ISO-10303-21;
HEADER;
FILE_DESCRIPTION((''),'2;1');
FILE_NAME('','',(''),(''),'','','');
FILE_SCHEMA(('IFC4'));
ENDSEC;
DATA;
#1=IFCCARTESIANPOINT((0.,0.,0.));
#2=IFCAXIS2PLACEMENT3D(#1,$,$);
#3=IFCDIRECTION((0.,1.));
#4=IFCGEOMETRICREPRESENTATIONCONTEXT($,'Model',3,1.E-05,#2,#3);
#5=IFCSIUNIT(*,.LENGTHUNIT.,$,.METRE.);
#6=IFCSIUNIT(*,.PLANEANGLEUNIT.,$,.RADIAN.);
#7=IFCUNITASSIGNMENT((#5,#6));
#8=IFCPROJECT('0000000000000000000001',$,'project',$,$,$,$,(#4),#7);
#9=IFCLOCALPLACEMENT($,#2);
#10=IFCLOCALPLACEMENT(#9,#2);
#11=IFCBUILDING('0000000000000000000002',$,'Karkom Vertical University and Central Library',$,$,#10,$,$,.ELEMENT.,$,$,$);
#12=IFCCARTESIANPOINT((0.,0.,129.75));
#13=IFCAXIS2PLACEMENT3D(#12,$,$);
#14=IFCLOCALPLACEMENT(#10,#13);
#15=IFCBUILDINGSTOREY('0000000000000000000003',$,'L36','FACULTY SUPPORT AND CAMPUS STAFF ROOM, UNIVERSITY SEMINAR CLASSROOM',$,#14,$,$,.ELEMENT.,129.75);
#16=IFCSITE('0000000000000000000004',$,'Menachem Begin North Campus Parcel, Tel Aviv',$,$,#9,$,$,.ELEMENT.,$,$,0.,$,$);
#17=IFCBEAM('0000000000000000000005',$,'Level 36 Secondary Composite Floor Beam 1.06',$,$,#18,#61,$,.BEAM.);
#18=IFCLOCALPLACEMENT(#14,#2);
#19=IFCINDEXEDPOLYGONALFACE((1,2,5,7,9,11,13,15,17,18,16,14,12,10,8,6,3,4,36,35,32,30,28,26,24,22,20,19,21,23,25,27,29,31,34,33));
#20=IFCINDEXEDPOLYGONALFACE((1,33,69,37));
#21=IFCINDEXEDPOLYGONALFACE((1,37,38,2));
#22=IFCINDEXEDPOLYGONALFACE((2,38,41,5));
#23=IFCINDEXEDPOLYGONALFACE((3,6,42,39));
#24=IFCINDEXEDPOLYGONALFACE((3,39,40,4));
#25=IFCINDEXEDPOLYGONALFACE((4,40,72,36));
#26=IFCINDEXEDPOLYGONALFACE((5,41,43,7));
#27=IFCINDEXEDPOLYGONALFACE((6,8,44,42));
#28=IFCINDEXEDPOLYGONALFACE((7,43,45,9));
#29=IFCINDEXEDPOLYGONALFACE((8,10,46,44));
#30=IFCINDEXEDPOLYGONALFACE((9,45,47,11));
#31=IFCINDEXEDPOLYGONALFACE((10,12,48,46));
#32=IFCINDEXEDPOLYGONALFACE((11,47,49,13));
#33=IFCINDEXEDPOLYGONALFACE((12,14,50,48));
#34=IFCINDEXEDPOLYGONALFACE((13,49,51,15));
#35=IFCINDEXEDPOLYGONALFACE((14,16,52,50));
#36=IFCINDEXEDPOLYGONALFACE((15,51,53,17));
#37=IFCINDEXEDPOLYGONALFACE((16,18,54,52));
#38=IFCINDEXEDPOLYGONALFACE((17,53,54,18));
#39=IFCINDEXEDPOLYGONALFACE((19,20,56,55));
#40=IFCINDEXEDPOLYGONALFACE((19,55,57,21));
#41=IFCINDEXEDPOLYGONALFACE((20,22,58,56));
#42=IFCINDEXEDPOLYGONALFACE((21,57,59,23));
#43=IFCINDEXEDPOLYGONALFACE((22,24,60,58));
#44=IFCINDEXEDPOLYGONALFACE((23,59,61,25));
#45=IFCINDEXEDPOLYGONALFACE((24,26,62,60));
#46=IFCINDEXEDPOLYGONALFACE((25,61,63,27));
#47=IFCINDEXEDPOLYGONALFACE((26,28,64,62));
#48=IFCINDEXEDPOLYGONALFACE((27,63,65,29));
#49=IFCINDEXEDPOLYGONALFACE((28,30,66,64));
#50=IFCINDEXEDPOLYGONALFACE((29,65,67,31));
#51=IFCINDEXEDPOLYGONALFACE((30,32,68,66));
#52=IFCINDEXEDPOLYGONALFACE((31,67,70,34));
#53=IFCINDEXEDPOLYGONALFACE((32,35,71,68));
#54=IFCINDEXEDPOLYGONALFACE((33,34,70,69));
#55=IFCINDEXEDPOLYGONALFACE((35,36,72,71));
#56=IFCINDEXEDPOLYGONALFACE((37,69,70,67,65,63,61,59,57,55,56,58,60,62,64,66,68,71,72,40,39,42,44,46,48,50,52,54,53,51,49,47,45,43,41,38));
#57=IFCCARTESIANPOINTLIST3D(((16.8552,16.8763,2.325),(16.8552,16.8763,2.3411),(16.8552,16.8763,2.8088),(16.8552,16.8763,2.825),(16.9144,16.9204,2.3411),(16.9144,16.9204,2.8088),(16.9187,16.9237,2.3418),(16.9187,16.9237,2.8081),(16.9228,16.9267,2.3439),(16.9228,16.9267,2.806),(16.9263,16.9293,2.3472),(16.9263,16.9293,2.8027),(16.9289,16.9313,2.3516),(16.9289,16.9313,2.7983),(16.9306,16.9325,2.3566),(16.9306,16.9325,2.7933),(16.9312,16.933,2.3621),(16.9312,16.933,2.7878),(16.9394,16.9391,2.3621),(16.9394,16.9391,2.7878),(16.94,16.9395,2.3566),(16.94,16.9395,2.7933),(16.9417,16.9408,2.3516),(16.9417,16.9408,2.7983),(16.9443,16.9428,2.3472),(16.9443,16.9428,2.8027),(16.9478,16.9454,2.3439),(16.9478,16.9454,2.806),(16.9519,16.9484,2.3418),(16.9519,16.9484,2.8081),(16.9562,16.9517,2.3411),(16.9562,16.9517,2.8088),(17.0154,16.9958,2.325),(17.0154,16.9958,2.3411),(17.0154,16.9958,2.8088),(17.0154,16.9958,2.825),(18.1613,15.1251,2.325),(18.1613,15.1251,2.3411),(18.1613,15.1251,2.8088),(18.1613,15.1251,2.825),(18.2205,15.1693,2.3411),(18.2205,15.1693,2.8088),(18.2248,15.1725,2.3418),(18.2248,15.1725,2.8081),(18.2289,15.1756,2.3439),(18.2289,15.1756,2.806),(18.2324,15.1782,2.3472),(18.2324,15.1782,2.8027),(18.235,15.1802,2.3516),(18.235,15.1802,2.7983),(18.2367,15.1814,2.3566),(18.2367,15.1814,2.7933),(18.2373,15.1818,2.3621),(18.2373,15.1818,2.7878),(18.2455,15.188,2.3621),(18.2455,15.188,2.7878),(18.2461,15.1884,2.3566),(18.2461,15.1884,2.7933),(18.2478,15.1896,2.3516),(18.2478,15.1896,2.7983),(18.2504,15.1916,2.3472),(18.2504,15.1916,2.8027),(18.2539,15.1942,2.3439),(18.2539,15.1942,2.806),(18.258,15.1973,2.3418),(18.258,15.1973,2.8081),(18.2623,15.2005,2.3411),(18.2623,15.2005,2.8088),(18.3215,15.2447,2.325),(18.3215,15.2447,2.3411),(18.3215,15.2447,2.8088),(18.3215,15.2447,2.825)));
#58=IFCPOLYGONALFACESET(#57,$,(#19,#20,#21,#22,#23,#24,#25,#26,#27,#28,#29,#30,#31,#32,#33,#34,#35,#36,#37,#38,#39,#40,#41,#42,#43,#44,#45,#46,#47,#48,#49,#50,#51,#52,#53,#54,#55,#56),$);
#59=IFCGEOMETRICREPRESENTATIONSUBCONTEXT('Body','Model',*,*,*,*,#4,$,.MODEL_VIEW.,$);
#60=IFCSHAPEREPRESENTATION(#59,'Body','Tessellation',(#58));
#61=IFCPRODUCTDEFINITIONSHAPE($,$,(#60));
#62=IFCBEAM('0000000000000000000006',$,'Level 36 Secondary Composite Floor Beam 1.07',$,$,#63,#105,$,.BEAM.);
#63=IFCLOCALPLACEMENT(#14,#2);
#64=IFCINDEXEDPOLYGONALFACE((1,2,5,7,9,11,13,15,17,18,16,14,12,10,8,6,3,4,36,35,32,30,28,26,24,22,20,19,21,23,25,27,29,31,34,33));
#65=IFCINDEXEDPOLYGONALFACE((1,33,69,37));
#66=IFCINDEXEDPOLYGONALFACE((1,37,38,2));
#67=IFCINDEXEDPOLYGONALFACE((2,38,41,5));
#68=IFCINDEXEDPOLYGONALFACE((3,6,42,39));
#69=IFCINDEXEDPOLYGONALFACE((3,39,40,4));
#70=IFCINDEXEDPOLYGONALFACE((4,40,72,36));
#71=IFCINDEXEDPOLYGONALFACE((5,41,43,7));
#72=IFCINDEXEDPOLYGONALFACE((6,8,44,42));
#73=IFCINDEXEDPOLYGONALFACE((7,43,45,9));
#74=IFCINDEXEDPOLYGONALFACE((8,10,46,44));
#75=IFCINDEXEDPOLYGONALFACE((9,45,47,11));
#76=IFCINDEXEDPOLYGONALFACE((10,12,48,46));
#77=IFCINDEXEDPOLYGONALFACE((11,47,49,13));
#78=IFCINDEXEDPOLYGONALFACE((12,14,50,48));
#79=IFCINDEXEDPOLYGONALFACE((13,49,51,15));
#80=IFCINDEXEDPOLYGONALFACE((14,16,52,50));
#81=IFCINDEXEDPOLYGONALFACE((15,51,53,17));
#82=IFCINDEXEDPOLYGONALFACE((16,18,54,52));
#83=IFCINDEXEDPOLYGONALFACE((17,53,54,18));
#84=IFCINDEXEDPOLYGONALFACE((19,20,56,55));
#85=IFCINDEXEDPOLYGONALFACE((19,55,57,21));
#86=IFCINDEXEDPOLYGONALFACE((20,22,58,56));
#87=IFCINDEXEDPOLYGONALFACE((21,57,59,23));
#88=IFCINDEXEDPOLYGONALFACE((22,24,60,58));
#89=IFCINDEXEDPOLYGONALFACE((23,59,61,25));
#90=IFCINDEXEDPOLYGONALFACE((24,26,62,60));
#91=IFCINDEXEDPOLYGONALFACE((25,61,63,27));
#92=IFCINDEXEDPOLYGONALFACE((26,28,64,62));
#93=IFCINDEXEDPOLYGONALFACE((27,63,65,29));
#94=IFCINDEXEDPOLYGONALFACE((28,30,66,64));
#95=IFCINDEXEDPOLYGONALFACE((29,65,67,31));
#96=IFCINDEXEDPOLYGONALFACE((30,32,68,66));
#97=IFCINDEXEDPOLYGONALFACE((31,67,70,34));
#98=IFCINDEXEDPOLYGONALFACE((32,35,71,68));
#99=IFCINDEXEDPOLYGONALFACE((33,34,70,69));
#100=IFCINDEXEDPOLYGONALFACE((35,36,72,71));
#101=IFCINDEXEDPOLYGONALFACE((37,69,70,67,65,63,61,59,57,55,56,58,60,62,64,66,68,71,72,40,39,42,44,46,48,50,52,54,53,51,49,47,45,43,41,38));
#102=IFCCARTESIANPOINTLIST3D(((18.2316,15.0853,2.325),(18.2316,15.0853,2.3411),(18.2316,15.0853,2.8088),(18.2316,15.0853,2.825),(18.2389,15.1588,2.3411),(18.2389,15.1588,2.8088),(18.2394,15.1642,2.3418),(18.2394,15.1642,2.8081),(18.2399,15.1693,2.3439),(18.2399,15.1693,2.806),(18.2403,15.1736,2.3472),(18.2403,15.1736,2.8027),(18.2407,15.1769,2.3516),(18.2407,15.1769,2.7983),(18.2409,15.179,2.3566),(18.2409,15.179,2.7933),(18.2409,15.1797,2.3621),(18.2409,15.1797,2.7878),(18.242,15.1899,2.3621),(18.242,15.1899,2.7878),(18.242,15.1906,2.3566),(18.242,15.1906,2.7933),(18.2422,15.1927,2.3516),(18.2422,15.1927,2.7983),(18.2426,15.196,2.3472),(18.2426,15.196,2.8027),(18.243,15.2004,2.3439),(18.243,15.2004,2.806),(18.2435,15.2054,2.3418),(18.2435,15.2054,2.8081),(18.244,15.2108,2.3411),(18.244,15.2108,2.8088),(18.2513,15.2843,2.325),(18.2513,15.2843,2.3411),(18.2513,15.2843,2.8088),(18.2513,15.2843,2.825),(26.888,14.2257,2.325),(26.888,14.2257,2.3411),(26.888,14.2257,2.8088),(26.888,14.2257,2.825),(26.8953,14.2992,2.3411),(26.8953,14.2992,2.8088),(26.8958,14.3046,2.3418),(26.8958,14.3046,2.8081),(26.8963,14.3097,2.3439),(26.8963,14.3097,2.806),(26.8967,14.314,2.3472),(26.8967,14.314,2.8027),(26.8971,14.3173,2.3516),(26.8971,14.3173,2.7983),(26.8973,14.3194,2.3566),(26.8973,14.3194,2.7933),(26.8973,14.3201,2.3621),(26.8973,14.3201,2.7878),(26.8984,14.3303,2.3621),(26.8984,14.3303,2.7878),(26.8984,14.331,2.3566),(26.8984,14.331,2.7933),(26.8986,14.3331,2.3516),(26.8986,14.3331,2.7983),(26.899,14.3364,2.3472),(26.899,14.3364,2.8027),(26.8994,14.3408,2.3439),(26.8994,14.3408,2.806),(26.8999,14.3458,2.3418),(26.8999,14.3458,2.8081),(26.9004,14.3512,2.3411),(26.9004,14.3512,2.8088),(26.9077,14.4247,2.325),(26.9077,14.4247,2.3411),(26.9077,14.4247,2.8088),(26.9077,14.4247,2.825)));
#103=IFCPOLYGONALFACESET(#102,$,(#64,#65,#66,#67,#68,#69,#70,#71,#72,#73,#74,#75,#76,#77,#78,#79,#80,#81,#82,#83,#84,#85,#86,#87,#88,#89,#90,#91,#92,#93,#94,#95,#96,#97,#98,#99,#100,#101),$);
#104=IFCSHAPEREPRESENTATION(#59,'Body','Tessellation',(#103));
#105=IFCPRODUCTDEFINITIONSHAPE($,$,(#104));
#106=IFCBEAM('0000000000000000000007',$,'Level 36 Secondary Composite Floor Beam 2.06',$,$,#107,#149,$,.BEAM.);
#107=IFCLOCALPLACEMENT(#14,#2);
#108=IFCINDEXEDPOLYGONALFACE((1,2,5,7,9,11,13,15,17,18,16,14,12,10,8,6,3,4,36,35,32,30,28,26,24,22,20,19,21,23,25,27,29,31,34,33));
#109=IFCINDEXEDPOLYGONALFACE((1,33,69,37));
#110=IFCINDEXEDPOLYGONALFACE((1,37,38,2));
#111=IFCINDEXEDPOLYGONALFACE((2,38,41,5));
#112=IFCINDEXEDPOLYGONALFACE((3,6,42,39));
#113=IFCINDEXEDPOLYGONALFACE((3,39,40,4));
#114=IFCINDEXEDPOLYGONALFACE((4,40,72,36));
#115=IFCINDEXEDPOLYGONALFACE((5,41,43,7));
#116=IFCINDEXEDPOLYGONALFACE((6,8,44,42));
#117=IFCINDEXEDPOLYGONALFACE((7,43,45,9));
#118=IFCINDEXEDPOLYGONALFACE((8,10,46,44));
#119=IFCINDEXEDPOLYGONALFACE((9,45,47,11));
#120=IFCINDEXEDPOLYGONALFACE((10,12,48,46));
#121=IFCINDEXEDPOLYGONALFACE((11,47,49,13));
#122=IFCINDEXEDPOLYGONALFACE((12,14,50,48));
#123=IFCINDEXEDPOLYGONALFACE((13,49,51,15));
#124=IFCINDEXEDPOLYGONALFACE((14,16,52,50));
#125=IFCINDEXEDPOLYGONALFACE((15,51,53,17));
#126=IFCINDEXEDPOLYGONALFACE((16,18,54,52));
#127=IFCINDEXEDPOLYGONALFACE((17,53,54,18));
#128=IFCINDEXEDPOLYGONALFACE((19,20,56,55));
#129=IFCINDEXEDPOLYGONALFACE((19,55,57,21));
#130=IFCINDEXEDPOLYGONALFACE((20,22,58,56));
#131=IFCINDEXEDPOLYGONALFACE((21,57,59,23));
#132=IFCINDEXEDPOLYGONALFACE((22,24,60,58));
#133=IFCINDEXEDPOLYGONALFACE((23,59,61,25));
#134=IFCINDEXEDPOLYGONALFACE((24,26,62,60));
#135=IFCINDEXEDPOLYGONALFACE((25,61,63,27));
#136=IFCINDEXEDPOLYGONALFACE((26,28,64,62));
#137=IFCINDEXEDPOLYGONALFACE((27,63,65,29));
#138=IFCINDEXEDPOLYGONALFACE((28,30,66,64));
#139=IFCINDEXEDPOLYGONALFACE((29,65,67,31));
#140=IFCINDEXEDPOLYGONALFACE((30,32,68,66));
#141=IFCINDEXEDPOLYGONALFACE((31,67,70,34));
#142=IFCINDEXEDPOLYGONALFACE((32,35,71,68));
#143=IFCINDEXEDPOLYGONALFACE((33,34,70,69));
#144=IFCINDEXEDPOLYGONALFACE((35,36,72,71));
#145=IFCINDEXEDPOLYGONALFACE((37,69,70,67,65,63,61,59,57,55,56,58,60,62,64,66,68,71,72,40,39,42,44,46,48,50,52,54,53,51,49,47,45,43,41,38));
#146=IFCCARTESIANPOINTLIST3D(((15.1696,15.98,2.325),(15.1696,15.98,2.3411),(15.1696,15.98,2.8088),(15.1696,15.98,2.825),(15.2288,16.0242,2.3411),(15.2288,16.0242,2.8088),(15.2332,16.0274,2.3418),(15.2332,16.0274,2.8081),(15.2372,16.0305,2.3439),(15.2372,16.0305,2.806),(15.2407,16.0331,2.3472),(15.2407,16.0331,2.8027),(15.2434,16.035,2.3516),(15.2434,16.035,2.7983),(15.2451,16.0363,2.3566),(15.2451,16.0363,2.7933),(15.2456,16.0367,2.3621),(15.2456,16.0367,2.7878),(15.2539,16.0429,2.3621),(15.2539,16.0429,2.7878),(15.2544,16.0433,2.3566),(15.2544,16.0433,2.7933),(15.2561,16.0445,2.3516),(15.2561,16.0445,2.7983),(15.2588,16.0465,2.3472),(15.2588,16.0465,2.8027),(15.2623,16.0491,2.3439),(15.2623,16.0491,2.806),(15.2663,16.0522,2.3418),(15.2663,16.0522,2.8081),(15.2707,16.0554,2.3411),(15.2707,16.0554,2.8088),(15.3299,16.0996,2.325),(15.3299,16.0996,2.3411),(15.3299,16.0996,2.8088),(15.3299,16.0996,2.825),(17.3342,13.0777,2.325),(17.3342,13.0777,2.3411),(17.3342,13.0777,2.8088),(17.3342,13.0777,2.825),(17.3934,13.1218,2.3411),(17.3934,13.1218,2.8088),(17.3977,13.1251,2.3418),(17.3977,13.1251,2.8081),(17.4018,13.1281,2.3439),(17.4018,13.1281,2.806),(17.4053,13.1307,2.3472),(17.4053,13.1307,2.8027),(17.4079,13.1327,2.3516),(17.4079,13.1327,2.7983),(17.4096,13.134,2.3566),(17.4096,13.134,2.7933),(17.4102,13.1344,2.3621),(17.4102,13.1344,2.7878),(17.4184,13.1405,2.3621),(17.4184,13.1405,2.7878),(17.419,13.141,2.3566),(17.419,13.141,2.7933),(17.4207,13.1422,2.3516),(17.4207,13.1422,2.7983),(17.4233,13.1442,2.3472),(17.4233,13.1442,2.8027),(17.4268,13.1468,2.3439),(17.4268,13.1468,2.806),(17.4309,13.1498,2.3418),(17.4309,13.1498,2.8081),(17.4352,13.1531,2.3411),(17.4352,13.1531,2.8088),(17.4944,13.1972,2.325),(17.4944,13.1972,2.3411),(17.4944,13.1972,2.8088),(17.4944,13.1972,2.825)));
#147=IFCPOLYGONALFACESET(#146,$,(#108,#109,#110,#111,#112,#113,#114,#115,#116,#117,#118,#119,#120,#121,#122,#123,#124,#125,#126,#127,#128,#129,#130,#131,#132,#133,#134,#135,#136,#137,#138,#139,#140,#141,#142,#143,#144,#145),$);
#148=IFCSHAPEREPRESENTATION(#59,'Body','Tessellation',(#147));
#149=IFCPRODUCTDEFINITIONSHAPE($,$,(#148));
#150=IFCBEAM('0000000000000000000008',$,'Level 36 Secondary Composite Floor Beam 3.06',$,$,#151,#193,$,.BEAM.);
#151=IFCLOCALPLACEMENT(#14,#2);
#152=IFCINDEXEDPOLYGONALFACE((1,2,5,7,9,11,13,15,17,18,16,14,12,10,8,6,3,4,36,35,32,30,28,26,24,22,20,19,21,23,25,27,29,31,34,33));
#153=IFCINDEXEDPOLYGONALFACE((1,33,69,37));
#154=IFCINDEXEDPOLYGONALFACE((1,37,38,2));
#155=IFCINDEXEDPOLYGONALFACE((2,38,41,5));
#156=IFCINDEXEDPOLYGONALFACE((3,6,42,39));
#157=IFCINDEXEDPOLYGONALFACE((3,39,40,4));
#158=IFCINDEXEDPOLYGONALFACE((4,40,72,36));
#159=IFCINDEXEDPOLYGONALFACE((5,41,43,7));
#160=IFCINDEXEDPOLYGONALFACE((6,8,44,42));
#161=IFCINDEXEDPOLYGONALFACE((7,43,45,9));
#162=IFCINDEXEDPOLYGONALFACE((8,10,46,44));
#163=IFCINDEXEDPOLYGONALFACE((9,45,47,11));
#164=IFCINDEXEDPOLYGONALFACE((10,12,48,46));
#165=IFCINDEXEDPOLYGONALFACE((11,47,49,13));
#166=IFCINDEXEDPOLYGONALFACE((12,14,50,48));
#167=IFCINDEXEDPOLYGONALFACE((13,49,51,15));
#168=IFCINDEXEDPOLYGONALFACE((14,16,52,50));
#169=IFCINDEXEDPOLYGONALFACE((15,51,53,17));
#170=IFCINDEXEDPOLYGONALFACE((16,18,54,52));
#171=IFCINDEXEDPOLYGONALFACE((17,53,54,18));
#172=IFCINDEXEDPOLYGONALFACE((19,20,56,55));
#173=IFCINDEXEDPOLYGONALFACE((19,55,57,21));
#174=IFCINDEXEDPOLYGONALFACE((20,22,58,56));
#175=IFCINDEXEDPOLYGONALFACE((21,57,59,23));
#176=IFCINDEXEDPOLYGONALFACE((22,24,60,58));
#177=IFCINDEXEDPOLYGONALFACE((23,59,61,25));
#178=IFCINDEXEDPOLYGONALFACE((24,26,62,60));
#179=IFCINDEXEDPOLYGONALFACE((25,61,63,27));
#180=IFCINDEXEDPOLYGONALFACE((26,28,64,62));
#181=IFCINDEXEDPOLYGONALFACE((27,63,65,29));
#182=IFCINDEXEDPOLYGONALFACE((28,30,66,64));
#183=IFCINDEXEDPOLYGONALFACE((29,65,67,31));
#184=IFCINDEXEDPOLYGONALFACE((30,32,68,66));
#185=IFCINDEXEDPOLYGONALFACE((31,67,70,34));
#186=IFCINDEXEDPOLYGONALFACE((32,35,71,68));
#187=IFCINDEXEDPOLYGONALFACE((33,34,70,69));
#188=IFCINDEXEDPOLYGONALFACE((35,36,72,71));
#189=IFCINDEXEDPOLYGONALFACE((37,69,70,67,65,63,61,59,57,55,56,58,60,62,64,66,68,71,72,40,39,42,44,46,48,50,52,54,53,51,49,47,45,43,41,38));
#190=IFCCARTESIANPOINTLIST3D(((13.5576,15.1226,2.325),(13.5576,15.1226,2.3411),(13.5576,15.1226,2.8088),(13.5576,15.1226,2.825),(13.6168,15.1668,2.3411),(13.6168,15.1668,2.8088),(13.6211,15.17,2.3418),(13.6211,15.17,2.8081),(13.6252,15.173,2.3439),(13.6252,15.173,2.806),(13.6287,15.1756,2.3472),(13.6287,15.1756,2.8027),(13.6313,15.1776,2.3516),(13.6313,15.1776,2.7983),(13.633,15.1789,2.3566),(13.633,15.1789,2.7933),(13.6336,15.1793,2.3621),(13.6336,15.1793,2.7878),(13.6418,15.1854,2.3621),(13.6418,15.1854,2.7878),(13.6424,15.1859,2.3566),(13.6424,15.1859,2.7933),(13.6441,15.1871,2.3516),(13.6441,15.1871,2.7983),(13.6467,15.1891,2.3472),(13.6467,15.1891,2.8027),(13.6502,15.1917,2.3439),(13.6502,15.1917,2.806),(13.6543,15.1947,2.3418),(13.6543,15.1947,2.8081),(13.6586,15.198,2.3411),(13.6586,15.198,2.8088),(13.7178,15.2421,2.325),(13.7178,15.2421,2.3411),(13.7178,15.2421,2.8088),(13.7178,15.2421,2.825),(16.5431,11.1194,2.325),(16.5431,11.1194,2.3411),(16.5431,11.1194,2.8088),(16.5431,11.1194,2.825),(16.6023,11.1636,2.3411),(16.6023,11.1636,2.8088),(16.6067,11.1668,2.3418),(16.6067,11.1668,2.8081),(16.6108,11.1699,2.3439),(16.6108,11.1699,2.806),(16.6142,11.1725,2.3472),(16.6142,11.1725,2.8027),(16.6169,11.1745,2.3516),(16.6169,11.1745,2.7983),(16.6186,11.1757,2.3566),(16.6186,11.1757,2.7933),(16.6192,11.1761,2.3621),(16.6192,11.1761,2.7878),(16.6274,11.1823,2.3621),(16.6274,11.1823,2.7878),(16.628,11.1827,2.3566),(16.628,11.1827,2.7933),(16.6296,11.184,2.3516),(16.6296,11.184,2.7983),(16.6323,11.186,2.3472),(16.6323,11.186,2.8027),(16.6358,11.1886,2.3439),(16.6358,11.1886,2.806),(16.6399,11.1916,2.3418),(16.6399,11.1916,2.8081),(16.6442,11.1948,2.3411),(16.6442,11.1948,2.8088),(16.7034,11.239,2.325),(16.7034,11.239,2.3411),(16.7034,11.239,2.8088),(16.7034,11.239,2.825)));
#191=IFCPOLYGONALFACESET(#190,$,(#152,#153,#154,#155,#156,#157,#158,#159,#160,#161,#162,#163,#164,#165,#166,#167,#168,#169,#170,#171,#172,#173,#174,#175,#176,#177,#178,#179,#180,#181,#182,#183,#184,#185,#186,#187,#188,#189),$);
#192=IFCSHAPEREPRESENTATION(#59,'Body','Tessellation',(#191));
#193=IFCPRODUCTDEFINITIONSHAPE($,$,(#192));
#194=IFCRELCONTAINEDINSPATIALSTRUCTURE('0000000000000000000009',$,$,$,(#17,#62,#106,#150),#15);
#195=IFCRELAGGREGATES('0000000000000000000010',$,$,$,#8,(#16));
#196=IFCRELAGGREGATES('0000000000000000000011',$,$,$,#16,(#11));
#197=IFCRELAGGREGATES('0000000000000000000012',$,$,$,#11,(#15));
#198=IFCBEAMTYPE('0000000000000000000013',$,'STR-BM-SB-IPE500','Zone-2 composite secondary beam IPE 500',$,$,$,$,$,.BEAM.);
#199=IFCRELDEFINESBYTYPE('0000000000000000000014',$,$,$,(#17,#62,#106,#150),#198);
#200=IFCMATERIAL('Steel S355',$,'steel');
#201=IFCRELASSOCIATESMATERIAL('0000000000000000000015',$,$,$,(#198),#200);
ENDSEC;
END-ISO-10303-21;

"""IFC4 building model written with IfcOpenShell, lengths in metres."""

from ifc_helpers import new_model, si_unit, direction, frame, origin, origin_with_axes, origin_2d, place, context, subcontext, project, spatial, i_section, extrude, source, transform, mapped, material, material_profile, profile_set, type_object, element, save


model = new_model("IFC4")

# Units and contexts
model_context = context("Model", 3, precision=1e-05, world=origin(), true_north=direction((0.0, 1.0)))
body_context = subcontext(model_context, "Body", "Model", "MODEL_VIEW")
ifc_project = project(units=[si_unit("LENGTHUNIT", "METRE"), si_unit("PLANEANGLEUNIT", "RADIAN")], contexts=[model_context])

# Site, building, storey
site_placement = place(None, origin())
site = spatial("IfcSite", under=ifc_project, at=site_placement, Name="Menachem Begin North Campus Parcel, Tel Aviv", CompositionType="ELEMENT", RefElevation=0.0)
building_placement = place(site_placement, origin())
building = spatial("IfcBuilding", under=site, at=building_placement, Name="Karkom Vertical University and Central Library", CompositionType="ELEMENT")
storey_placement = place(building_placement, frame((0.0, 0.0, 129.75)))
storey = spatial("IfcBuildingStorey", under=building, at=storey_placement, Name="L36", Description="FACULTY SUPPORT AND CAMPUS STAFF ROOM, UNIVERSITY SEMINAR CLASSROOM", CompositionType="ELEMENT", Elevation=129.75)

# Beams
ifc_material_1 = material(Name="Steel S355", Category="steel")
ifc_material_profile = material_profile(ifc_material_1, i_section(OverallWidth=0.2, OverallDepth=0.5, WebThickness=0.0103, FlangeThickness=0.0161, FilletRadius=0.021, at=origin_2d()), Name="IPE 500")
ifc_profile_set = profile_set([ifc_material_profile], Name="Steel S355")
beam_type = type_object("IfcBeamType", Name="STR-BM-SB-IPE500", Description="Zone-2 composite secondary beam IPE 500", PredefinedType="BEAM", material=ifc_profile_set)
shared_shape_1 = source(origin_with_axes(), body_context, "Body", "SweptSolid", [
    extrude(i_section(OverallWidth=0.2, OverallDepth=0.5, WebThickness=0.0103, FlangeThickness=0.0161, FilletRadius=0.021, at=origin_2d()), origin(), (0.0, 0.0, 1.0), 2.1846),
])
beam_1_placement = place(storey_placement, frame((16.9353, 16.936, 2.575), z_axis=(0.59787, -0.801593, 0.0), x_axis=(0.801593, 0.59787, 0.0)))
element("IfcBeam", 1, at=beam_1_placement, inside=storey, type_object=beam_type, Name="Level 36 Secondary Composite Floor Beam 1.06", PredefinedType="BEAM", context=body_context, shape_type="MappedRepresentation", body=[
    mapped(shared_shape_1, transform((0.0, 0.0, 0.0), scale=1.0)),
])
shared_shape_2 = source(origin_with_axes(), body_context, "Body", "SweptSolid", [
    extrude(i_section(OverallWidth=0.2, OverallDepth=0.5, WebThickness=0.0103, FlangeThickness=0.0161, FilletRadius=0.021, at=origin_2d()), origin(), (0.0, 0.0, 1.0), 8.699),
])
beam_2_placement = place(storey_placement, frame((18.2415, 15.1848, 2.575), z_axis=(0.995106, -0.098817, 0.0), x_axis=(0.098817, 0.995106, 0.0)))
element("IfcBeam", 2, at=beam_2_placement, inside=storey, type_object=beam_type, Name="Level 36 Secondary Composite Floor Beam 1.07", PredefinedType="BEAM", context=body_context, shape_type="MappedRepresentation", body=[
    mapped(shared_shape_2, transform((0.0, 0.0, 0.0), scale=1.0)),
])
shared_shape_3 = source(origin_with_axes(), body_context, "Body", "SweptSolid", [
    extrude(i_section(OverallWidth=0.2, OverallDepth=0.5, WebThickness=0.0103, FlangeThickness=0.0161, FilletRadius=0.021, at=origin_2d()), origin(), (0.0, 0.0, 1.0), 3.6206),
])
beam_3_placement = place(storey_placement, frame((15.2498, 16.0398, 2.575), z_axis=(0.59784, -0.801615, 0.0), x_axis=(0.801615, 0.59784, 0.0)))
element("IfcBeam", 3, at=beam_3_placement, inside=storey, type_object=beam_type, Name="Level 36 Secondary Composite Floor Beam 2.06", PredefinedType="BEAM", context=body_context, shape_type="MappedRepresentation", body=[
    mapped(shared_shape_3, transform((0.0, 0.0, 0.0), scale=1.0)),
])
shared_shape_4 = source(origin_with_axes(), body_context, "Body", "SweptSolid", [
    extrude(i_section(OverallWidth=0.2, OverallDepth=0.5, WebThickness=0.0103, FlangeThickness=0.0161, FilletRadius=0.021, at=origin_2d()), origin(), (0.0, 0.0, 1.0), 4.9939),
])
beam_4_placement = place(storey_placement, frame((13.6377, 15.1824, 2.575), z_axis=(0.597847, -0.80161, 0.0), x_axis=(0.80161, 0.597847, 0.0)))
element("IfcBeam", 4, at=beam_4_placement, inside=storey, type_object=beam_type, Name="Level 36 Secondary Composite Floor Beam 3.06", PredefinedType="BEAM", context=body_context, shape_type="MappedRepresentation", body=[
    mapped(shared_shape_4, transform((0.0, 0.0, 0.0), scale=1.0)),
])

save(model, "model.ifc")
